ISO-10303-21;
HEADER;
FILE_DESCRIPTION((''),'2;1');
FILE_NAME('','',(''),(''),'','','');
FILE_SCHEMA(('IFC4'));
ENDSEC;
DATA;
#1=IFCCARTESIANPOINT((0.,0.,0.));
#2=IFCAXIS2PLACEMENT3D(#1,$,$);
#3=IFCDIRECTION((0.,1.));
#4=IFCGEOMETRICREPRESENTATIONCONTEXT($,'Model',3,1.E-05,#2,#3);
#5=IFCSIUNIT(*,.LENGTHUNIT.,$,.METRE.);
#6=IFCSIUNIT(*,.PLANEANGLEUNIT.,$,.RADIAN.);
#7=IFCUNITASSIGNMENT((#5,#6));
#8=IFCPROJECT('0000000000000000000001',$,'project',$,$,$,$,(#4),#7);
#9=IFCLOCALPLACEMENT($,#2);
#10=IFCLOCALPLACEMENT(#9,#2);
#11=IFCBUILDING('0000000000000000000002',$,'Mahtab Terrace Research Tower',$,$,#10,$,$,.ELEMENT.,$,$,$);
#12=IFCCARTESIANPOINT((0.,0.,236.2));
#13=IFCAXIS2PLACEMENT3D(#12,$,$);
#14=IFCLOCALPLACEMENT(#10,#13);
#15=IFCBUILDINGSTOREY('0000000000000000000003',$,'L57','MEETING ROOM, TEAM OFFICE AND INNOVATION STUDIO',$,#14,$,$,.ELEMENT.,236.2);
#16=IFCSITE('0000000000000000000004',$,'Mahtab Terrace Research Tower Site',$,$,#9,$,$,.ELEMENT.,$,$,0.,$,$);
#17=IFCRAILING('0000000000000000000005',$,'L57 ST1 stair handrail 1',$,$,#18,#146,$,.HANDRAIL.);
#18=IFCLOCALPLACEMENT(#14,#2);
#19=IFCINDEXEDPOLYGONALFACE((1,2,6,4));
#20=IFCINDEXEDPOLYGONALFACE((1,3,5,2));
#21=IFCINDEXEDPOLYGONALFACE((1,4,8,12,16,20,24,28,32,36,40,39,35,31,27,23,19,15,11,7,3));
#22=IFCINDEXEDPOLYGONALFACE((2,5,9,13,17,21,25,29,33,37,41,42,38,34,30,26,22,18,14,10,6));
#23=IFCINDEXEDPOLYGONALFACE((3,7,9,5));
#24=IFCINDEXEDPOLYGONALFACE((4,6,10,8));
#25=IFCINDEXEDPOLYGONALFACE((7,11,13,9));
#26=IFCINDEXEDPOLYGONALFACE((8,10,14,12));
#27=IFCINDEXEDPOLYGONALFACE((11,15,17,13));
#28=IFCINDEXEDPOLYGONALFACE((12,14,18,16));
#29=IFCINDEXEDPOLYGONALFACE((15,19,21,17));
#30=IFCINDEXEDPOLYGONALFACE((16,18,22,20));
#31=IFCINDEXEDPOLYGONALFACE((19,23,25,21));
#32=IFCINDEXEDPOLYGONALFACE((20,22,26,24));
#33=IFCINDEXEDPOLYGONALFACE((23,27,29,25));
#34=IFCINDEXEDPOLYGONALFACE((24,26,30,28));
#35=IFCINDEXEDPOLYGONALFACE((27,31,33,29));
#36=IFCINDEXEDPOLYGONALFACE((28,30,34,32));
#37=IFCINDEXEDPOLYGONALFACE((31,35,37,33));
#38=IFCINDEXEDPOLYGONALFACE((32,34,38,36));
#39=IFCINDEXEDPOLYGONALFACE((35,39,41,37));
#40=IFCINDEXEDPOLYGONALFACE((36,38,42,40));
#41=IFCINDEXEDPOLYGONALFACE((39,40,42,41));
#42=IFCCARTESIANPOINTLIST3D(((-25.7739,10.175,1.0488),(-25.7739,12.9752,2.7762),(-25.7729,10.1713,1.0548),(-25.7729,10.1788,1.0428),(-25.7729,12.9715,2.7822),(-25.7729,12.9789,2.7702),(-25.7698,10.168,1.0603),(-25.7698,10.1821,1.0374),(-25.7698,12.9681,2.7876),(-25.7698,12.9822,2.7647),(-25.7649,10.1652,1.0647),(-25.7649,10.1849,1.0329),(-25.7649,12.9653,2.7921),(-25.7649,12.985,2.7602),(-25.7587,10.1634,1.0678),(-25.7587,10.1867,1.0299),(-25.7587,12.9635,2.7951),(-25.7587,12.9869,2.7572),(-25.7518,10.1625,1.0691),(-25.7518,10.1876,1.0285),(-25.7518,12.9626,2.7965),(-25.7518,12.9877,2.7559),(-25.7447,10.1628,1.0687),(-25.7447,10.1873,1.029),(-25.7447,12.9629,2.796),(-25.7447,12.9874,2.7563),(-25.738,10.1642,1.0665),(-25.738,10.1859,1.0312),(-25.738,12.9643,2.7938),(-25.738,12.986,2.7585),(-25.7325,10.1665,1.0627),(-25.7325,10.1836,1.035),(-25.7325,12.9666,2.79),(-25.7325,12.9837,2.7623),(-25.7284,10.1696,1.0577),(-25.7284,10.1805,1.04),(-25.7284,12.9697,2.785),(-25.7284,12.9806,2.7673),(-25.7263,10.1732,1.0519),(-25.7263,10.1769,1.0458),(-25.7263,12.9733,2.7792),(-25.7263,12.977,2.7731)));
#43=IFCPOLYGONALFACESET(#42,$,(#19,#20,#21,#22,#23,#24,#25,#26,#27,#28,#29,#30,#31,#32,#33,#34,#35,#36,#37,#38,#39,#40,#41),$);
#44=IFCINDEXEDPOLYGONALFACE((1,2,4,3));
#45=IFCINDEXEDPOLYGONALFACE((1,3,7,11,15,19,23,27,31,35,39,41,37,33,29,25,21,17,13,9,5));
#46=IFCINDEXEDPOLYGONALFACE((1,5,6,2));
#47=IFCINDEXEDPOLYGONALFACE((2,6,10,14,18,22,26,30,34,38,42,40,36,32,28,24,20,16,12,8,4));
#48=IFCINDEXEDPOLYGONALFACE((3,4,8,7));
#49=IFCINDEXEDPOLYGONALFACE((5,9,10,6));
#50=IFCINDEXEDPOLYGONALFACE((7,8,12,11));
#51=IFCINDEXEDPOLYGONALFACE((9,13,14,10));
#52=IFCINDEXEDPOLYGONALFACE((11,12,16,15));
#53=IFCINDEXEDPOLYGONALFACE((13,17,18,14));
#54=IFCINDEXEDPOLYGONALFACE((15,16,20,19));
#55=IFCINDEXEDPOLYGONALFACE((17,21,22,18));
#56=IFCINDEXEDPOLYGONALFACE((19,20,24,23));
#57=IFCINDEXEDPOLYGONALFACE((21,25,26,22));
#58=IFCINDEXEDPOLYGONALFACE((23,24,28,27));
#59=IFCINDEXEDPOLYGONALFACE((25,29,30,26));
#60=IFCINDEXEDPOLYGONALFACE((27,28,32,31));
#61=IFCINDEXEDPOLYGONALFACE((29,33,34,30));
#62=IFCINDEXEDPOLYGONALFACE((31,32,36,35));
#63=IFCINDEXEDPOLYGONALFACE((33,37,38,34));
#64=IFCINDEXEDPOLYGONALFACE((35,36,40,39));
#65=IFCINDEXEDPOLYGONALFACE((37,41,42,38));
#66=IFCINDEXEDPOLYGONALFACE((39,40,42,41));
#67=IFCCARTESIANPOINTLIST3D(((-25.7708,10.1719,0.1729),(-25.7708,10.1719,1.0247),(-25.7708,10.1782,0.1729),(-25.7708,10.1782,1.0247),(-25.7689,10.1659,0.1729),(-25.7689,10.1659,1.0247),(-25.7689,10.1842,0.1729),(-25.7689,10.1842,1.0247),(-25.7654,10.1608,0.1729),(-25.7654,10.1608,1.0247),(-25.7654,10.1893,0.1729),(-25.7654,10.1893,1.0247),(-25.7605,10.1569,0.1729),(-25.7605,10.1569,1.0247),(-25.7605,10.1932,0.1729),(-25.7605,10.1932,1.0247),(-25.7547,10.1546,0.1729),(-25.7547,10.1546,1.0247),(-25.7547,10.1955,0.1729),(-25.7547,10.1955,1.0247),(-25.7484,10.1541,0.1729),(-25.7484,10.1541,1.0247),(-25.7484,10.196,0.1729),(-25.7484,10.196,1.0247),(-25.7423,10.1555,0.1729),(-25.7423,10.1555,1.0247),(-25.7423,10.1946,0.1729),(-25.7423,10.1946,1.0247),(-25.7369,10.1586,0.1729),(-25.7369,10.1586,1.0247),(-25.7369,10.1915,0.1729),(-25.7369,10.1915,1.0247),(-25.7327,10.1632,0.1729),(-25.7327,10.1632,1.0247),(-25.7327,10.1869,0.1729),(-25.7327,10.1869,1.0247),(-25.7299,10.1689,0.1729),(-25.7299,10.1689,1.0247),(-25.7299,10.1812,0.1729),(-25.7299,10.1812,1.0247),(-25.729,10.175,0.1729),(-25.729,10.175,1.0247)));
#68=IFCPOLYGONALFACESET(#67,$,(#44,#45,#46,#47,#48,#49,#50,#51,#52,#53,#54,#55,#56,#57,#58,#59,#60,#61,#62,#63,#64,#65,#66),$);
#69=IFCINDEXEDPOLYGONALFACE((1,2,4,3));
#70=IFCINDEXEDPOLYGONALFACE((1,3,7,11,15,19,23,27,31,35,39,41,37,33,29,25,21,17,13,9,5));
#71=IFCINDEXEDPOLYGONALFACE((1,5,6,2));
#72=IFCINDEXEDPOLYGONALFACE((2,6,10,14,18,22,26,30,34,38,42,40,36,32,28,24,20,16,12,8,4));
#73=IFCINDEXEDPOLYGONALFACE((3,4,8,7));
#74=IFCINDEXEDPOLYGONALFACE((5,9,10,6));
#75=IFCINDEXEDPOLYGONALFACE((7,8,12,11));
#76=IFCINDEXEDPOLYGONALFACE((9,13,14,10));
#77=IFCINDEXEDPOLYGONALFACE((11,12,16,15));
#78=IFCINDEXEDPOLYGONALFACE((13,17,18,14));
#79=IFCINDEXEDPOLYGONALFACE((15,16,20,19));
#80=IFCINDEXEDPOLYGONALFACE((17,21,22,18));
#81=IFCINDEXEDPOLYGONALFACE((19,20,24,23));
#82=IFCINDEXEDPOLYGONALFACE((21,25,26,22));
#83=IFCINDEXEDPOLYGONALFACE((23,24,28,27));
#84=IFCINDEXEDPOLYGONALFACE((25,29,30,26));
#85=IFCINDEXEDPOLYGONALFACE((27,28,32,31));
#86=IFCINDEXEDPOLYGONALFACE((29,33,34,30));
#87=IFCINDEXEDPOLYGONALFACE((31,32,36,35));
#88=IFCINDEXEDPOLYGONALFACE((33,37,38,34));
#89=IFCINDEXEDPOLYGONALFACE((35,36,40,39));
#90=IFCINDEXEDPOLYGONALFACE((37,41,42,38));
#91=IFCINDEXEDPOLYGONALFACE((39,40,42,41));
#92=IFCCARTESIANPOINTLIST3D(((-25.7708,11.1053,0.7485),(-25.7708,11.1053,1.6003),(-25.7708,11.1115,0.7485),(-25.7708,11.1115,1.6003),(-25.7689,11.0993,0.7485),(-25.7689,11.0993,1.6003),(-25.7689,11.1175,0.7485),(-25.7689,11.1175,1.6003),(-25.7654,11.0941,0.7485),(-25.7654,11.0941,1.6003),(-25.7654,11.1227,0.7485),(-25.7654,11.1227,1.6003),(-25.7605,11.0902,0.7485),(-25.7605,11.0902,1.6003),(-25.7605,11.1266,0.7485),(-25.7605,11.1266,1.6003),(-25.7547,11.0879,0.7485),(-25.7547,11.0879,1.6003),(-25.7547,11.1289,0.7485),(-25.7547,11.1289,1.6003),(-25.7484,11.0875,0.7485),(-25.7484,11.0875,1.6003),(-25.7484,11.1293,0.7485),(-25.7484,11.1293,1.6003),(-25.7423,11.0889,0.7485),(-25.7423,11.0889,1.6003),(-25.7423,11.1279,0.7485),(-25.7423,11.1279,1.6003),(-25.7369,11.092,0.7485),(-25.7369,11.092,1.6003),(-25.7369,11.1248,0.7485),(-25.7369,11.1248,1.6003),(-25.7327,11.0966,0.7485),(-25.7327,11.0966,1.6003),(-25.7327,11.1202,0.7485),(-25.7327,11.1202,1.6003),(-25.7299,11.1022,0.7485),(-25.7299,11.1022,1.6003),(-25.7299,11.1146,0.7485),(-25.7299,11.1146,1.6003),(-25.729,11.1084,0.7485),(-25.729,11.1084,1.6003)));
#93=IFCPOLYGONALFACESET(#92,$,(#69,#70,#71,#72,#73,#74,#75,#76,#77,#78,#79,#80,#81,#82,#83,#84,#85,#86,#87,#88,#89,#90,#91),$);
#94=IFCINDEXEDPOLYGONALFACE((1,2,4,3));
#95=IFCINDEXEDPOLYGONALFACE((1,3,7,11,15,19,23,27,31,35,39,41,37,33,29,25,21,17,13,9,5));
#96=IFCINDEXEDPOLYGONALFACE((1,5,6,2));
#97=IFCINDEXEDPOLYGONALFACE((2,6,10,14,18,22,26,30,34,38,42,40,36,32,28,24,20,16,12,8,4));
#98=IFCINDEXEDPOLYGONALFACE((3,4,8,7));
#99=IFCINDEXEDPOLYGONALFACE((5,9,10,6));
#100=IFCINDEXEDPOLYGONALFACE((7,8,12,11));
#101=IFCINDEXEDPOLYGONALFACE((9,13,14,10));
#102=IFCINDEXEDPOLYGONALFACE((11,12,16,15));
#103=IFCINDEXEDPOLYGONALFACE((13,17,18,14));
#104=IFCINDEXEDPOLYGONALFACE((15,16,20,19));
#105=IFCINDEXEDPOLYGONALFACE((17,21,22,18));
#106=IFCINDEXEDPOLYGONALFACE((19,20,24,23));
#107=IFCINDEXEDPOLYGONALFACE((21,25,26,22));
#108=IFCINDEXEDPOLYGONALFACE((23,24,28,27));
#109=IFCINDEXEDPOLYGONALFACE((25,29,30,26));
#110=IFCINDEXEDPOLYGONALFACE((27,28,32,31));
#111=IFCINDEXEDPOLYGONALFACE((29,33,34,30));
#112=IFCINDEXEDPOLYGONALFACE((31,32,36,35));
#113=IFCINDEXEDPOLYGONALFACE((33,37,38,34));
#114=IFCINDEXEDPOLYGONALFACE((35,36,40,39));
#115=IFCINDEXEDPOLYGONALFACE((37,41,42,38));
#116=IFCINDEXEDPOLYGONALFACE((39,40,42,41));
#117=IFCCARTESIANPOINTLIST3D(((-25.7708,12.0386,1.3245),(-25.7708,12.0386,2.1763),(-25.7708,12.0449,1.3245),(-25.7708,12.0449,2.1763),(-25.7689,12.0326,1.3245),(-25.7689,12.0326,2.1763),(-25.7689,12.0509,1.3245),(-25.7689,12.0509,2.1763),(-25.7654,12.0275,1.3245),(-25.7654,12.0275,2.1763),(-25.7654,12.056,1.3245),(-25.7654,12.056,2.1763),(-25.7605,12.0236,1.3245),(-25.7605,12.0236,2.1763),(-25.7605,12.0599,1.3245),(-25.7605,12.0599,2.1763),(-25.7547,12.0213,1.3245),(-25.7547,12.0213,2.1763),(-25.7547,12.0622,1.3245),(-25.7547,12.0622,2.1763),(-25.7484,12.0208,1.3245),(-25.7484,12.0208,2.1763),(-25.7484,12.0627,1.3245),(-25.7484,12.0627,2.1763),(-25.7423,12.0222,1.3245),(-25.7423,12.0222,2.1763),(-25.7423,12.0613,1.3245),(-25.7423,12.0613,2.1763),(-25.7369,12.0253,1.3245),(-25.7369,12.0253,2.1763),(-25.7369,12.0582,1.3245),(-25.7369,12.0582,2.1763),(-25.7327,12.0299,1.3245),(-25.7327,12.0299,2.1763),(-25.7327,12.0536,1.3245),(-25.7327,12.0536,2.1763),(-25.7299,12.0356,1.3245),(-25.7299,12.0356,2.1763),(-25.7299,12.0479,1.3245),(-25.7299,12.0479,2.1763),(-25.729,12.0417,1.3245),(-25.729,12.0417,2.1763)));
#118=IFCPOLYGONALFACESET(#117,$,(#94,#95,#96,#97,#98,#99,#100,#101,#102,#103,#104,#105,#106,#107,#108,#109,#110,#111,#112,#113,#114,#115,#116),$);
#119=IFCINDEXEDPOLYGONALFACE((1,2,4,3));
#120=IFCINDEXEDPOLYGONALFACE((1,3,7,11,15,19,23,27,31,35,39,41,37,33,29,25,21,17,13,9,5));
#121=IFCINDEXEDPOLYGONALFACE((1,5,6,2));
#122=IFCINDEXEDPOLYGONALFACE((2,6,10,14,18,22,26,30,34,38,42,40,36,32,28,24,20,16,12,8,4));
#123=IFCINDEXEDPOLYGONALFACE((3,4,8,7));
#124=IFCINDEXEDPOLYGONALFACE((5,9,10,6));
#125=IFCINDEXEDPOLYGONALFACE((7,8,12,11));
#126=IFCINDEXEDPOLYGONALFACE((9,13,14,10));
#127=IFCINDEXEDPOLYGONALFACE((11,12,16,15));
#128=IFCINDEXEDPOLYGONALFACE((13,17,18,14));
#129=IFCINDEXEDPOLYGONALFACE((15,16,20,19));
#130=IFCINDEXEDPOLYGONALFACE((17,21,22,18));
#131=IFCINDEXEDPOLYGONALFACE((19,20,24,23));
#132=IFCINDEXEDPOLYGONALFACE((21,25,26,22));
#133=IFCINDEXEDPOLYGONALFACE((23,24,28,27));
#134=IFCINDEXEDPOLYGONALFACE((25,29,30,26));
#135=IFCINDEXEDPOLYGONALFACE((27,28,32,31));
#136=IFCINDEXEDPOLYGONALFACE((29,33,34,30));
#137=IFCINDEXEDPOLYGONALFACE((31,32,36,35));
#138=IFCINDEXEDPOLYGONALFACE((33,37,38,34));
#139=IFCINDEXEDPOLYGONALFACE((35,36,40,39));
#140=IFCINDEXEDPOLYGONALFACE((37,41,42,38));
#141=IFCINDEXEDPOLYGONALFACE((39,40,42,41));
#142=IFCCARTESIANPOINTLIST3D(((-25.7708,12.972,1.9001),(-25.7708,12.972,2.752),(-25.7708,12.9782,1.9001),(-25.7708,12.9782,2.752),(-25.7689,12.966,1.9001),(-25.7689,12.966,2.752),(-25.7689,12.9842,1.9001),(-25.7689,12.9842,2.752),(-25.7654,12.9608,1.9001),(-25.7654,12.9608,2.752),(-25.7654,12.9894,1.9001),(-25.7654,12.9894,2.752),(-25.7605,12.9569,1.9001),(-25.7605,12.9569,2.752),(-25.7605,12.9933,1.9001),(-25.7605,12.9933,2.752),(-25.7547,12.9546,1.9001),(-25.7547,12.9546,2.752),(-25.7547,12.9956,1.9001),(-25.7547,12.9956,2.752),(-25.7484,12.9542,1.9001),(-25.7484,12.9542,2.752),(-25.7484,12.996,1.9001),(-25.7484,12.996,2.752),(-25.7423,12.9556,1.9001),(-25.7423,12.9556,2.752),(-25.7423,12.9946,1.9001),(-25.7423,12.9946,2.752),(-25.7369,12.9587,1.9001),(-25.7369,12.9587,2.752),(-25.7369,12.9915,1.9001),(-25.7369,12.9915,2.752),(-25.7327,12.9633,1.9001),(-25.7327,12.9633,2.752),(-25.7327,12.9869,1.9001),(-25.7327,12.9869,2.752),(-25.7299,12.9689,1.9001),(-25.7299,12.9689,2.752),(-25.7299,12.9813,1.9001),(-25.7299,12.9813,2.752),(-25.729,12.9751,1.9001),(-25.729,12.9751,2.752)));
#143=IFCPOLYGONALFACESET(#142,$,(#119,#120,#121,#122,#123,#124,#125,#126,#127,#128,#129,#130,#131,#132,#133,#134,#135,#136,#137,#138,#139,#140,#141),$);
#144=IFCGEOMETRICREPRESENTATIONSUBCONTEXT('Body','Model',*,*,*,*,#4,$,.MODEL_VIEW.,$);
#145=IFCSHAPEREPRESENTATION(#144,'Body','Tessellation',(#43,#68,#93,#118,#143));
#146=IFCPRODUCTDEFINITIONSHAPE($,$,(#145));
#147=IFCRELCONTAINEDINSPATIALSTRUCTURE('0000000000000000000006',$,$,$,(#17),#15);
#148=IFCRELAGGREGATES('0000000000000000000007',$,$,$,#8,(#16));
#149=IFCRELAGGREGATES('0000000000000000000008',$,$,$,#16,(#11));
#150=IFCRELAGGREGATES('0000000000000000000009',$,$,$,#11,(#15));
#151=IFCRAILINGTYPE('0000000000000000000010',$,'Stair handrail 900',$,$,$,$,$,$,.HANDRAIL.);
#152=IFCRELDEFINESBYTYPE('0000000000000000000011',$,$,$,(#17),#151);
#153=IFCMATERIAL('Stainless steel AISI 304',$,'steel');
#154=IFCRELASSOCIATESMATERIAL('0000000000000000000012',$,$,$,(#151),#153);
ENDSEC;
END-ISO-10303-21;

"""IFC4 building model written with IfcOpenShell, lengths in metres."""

from ifc_helpers import new_model, si_unit, direction, frame, origin, origin_2d, place, context, subcontext, project, spatial, circle, extrude, material, type_object, element, save


model = new_model("IFC4")

# Units and contexts
model_context = context("Model", 3, precision=1e-05, world=origin(), true_north=direction((0.0, 1.0)))
body_context = subcontext(model_context, "Body", "Model", "MODEL_VIEW")
ifc_project = project(units=[si_unit("LENGTHUNIT", "METRE"), si_unit("PLANEANGLEUNIT", "RADIAN")], contexts=[model_context])

# Site, building, storey
site_placement = place(None, origin())
site = spatial("IfcSite", under=ifc_project, at=site_placement, Name="Mahtab Terrace Research Tower Site", CompositionType="ELEMENT", RefElevation=0.0)
building_placement = place(site_placement, origin())
building = spatial("IfcBuilding", under=site, at=building_placement, Name="Mahtab Terrace Research Tower", CompositionType="ELEMENT")
storey_placement = place(building_placement, frame((0.0, 0.0, 236.2)))
storey = spatial("IfcBuildingStorey", under=building, at=storey_placement, Name="L57", Description="MEETING ROOM, TEAM OFFICE AND INNOVATION STUDIO", CompositionType="ELEMENT", Elevation=236.2)

# Railing
ifc_material_1 = material(Name="Stainless steel AISI 304", Category="steel")
railing_type_1 = type_object("IfcRailingType", Name="Stair handrail 900", PredefinedType="HANDRAIL", material=ifc_material_1)
railing_1_placement = place(storey_placement, frame((-25.75, 10.175, 0.1729)))
element("IfcRailing", 1, at=railing_1_placement, inside=storey, type_object=railing_type_1, Name="L57 ST1 stair handrail 1", PredefinedType="HANDRAIL", context=body_context, shape_type="SweptSolid", body=[
    extrude(circle(Radius=0.0239, at=origin_2d()), frame((0.0, 0.0, 0.876), z_axis=(0.0, 0.85109, 0.52502), x_axis=(-1.0, 0.0, 0.0)), (0.0, 0.0, 1.0), 3.29),
    extrude(circle(Radius=0.021, at=origin_2d()), origin(), (0.0, 0.0, 1.0), 0.8518),
    extrude(circle(Radius=0.021, at=origin_2d()), frame((0.0, 0.9333, 0.5757)), (0.0, 0.0, 1.0), 0.8518),
    extrude(circle(Radius=0.021, at=origin_2d()), frame((0.0, 1.8667, 1.1516)), (0.0, 0.0, 1.0), 0.8518),
    extrude(circle(Radius=0.021, at=origin_2d()), frame((0.0, 2.8, 1.7273)), (0.0, 0.0, 1.0), 0.8518),
])

save(model, "model.ifc")
